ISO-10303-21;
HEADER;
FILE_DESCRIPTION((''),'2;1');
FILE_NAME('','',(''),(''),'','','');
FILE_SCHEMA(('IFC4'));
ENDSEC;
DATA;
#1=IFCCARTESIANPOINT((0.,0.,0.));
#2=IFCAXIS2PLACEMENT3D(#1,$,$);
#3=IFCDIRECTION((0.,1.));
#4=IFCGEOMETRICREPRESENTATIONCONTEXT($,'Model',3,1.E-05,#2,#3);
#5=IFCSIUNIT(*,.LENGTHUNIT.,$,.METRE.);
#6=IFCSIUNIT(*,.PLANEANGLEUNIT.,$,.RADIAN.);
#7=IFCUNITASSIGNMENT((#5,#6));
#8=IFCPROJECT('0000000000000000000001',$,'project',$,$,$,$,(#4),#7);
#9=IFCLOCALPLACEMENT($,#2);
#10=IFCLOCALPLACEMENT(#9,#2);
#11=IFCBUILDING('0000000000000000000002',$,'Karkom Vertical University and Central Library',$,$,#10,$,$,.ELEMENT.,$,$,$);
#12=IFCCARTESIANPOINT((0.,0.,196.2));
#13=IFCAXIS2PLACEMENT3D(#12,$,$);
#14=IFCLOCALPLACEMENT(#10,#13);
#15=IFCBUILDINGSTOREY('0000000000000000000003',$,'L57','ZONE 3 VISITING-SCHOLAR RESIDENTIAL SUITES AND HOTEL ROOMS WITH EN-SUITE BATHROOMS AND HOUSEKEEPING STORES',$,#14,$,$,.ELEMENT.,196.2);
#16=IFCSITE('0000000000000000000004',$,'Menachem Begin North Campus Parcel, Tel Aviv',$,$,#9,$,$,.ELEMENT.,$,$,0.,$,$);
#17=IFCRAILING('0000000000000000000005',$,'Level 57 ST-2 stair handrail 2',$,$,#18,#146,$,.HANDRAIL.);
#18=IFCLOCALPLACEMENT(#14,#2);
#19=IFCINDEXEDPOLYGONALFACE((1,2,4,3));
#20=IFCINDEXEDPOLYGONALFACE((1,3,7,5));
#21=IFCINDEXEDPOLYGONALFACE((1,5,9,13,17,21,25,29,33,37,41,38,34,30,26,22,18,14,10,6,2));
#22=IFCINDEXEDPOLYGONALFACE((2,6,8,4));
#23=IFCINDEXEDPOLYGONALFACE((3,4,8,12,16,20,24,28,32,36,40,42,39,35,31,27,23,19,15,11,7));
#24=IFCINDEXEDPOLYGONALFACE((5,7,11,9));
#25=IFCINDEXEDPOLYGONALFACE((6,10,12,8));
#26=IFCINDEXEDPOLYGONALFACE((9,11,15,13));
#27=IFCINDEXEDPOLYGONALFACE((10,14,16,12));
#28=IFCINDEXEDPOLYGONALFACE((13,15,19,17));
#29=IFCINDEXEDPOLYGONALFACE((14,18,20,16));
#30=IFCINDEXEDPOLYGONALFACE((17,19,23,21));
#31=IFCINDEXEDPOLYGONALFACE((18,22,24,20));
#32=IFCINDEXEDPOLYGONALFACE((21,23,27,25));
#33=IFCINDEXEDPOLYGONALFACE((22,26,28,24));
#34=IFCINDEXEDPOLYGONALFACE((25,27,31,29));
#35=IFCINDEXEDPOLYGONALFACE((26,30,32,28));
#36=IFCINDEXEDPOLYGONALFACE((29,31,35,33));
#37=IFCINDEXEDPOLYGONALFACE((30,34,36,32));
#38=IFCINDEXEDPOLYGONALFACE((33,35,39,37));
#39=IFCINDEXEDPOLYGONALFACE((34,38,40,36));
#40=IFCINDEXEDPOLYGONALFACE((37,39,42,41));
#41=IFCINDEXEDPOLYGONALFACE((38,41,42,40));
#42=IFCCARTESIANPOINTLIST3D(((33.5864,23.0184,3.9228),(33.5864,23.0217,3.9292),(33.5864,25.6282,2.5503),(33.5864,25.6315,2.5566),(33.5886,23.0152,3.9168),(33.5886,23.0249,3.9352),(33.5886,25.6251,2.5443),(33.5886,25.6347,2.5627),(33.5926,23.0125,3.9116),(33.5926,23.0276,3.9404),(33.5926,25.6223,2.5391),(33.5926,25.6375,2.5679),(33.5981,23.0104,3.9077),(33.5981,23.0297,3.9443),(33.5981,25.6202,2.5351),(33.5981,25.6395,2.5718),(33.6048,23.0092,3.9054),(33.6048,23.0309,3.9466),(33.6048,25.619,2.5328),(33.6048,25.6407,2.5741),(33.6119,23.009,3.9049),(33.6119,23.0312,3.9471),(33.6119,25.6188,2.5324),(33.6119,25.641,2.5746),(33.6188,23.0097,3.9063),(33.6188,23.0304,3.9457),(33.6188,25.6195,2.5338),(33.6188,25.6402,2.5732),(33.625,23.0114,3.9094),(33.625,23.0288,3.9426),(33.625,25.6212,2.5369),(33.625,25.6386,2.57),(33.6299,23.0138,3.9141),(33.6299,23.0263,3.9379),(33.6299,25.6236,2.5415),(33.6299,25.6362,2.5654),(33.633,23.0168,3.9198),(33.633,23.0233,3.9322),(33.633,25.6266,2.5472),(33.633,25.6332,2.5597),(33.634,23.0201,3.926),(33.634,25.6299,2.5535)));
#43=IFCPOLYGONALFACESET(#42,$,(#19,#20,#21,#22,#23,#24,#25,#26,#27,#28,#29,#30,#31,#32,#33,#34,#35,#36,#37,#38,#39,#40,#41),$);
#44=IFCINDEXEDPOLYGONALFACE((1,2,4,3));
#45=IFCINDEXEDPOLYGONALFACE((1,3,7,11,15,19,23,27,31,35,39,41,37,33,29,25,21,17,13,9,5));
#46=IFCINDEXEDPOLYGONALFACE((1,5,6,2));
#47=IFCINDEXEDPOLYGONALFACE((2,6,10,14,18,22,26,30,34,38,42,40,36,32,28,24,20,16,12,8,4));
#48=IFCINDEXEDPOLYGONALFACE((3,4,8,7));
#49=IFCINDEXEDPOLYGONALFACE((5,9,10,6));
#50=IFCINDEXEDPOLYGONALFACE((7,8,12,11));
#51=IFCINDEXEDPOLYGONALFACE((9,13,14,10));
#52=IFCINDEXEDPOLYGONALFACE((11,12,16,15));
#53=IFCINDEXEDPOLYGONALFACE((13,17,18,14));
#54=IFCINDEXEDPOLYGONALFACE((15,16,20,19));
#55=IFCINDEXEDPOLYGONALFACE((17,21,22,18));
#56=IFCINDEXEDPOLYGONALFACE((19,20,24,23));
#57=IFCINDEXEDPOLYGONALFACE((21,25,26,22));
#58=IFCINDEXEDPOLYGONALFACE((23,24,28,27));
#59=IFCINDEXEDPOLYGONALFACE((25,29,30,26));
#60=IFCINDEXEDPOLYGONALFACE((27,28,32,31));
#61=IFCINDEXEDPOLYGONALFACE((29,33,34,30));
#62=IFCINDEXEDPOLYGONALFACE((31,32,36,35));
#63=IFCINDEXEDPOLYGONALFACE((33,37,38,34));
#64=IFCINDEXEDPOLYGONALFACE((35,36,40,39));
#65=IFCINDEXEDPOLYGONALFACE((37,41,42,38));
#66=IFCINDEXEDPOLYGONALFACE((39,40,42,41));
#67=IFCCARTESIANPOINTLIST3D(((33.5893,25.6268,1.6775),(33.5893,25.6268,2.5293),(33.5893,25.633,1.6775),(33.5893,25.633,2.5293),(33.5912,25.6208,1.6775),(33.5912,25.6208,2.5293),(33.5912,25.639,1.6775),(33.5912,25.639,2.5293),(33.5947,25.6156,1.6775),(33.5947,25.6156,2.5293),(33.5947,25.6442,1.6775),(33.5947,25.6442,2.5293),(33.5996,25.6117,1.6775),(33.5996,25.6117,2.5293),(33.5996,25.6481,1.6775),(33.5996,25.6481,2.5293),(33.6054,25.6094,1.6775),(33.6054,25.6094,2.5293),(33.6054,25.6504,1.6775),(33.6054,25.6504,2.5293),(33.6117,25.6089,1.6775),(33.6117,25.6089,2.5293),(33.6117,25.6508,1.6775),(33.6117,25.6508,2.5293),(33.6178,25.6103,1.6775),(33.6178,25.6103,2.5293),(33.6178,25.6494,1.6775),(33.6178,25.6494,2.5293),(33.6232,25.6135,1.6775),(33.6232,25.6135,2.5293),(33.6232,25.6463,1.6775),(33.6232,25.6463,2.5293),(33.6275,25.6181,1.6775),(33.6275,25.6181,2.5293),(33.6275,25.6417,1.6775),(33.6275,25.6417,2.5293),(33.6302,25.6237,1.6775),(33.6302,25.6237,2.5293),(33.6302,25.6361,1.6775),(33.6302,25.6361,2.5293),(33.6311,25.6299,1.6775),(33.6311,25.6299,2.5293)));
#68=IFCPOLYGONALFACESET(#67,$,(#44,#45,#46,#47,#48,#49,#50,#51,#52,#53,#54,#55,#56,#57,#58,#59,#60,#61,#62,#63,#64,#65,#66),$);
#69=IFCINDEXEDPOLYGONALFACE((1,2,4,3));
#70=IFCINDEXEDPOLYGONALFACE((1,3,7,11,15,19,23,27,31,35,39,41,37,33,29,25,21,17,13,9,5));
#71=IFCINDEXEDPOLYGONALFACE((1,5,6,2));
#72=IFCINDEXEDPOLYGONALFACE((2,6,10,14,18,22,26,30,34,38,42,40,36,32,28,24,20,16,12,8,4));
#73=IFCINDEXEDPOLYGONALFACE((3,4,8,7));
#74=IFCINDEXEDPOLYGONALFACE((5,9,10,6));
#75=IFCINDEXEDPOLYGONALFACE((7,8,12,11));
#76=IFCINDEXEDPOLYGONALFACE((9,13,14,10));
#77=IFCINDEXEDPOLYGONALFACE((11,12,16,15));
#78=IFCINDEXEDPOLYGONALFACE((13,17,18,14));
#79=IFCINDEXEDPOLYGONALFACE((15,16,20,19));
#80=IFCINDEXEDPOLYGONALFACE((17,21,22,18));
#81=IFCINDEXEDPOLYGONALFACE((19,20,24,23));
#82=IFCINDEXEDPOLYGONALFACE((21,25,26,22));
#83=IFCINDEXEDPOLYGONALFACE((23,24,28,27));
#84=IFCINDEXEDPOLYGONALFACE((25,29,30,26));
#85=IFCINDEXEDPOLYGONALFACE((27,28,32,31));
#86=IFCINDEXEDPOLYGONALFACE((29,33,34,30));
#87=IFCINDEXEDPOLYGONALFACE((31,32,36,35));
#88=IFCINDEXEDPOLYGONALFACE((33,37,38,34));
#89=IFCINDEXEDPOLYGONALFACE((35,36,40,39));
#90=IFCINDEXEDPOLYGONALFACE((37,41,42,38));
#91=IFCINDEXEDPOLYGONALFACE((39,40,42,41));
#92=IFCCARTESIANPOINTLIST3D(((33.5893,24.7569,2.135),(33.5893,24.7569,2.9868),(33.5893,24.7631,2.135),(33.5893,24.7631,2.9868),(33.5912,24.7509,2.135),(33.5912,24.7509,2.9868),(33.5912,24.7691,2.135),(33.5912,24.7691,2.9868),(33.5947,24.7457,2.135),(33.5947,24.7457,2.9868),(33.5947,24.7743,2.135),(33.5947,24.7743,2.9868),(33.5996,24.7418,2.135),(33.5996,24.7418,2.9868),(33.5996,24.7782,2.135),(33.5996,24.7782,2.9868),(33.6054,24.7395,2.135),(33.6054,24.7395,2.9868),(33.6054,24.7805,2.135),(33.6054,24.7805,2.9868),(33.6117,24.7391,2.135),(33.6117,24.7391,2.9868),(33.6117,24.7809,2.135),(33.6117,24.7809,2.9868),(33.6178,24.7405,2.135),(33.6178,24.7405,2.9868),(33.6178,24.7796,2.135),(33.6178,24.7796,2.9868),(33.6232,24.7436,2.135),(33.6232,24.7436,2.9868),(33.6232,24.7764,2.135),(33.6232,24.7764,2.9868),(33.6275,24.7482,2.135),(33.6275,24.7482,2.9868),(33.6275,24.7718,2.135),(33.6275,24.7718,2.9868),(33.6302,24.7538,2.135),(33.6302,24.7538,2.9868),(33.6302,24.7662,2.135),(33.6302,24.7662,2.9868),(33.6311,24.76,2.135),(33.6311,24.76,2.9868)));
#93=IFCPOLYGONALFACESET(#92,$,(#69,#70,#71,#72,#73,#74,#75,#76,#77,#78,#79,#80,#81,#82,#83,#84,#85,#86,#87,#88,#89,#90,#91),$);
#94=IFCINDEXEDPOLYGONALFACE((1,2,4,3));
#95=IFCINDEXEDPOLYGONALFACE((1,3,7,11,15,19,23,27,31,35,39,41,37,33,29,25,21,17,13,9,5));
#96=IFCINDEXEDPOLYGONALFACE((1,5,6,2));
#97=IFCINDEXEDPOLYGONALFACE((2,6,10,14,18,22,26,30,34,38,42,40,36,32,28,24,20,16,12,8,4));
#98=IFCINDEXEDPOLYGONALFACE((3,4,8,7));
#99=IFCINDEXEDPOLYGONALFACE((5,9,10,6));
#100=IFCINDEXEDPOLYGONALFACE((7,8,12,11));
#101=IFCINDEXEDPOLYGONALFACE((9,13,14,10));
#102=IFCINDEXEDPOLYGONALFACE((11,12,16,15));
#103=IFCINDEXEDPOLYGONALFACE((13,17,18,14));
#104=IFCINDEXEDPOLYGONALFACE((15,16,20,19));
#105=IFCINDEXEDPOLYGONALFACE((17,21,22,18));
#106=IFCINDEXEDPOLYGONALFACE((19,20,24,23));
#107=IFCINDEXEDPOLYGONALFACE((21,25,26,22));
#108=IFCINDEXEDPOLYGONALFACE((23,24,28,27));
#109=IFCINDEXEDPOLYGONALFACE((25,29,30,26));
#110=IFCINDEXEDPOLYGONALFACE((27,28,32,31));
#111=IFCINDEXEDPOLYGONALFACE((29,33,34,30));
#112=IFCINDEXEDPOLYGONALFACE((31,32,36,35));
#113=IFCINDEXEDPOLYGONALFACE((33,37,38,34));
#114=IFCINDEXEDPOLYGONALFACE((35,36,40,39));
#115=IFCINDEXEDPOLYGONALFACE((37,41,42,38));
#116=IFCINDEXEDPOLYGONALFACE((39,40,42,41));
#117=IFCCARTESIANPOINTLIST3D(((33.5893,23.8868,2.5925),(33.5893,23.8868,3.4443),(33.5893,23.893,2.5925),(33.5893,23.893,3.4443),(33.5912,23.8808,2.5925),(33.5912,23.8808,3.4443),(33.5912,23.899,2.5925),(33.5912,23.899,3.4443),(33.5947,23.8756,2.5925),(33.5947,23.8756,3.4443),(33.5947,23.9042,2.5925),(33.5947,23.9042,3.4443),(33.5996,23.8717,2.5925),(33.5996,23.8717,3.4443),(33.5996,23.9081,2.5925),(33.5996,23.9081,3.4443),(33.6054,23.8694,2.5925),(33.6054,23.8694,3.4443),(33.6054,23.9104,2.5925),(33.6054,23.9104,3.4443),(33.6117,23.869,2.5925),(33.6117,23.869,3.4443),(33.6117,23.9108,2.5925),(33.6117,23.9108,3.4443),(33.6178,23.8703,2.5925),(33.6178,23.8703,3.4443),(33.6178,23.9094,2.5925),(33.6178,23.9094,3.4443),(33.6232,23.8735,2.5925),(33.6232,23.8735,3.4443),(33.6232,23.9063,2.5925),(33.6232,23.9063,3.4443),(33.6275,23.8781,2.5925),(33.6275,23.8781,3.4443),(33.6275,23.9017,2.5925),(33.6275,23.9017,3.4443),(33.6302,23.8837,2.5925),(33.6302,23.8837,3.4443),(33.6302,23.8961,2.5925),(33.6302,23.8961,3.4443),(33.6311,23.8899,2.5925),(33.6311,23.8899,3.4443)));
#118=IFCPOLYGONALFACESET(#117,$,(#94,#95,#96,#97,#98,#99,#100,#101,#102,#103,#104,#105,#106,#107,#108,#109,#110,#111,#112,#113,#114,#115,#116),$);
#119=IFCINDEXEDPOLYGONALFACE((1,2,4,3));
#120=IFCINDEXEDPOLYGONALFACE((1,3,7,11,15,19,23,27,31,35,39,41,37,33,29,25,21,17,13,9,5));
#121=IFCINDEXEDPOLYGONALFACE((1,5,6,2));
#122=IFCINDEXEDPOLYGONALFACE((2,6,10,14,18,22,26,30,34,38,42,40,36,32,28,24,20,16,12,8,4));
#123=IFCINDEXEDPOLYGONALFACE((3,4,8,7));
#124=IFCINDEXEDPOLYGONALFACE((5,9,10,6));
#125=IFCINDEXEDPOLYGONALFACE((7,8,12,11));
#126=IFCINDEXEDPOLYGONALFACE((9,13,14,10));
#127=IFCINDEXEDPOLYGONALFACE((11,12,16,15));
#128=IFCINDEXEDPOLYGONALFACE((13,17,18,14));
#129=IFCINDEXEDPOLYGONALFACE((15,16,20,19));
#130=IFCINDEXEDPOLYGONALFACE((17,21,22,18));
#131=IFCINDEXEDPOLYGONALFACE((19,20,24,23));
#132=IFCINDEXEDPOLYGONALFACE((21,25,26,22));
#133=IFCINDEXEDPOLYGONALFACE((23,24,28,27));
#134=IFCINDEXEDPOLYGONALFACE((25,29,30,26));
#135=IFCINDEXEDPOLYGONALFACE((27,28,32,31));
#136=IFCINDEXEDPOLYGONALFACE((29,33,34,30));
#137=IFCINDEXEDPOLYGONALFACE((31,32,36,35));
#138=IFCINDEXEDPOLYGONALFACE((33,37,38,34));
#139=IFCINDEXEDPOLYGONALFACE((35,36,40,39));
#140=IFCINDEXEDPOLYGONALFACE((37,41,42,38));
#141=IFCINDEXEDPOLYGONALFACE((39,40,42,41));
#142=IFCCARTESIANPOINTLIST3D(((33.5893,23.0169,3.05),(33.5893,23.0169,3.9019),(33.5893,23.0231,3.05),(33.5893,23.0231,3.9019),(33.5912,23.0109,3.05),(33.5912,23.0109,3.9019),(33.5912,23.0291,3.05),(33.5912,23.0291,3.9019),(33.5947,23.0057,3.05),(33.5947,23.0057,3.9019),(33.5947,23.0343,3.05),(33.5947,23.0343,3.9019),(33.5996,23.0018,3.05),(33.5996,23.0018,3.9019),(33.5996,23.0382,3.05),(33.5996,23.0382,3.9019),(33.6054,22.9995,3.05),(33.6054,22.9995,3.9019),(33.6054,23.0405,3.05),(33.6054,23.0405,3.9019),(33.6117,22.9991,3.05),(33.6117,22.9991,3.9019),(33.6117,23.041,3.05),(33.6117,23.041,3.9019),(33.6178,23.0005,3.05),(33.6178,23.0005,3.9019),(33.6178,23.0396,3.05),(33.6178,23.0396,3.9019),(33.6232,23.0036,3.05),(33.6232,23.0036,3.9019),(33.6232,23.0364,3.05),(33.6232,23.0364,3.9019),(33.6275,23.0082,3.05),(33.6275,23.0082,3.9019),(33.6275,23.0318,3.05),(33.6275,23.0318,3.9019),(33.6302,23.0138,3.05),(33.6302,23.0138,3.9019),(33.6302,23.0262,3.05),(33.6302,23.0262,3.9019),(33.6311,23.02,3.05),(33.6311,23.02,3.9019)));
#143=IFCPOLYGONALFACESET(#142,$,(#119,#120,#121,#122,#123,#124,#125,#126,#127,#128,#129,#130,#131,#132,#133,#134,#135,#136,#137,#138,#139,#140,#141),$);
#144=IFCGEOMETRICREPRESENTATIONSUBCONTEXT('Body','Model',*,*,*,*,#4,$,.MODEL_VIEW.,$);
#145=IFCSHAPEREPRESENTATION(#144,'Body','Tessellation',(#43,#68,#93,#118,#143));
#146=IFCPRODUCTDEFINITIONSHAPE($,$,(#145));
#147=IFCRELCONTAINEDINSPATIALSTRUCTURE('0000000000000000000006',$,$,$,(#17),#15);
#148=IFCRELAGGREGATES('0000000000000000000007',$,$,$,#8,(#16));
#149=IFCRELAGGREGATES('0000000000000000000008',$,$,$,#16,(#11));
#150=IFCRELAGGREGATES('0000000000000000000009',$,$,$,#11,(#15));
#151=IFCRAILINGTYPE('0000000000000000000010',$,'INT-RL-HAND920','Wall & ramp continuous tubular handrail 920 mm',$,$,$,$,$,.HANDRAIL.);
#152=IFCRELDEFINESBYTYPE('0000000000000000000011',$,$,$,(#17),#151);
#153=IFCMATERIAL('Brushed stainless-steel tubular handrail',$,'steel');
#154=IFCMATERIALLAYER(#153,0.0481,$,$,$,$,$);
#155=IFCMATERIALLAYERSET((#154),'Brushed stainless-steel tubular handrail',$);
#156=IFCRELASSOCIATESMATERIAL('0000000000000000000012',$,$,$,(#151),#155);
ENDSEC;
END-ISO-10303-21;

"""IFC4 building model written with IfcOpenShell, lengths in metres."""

from ifc_helpers import new_model, si_unit, direction, frame, origin, origin_2d, place, context, subcontext, project, spatial, circle, extrude, material, layer, layer_set, type_object, element, save


model = new_model("IFC4")

# Units and contexts
model_context = context("Model", 3, precision=1e-05, world=origin(), true_north=direction((0.0, 1.0)))
body_context = subcontext(model_context, "Body", "Model", "MODEL_VIEW")
ifc_project = project(units=[si_unit("LENGTHUNIT", "METRE"), si_unit("PLANEANGLEUNIT", "RADIAN")], contexts=[model_context])

# Site, building, storey
site_placement = place(None, origin())
site = spatial("IfcSite", under=ifc_project, at=site_placement, Name="Menachem Begin North Campus Parcel, Tel Aviv", CompositionType="ELEMENT", RefElevation=0.0)
building_placement = place(site_placement, origin())
building = spatial("IfcBuilding", under=site, at=building_placement, Name="Karkom Vertical University and Central Library", CompositionType="ELEMENT")
storey_placement = place(building_placement, frame((0.0, 0.0, 196.2)))
storey = spatial("IfcBuildingStorey", under=building, at=storey_placement, Name="L57", Description="ZONE 3 VISITING-SCHOLAR RESIDENTIAL SUITES AND HOTEL ROOMS WITH EN-SUITE BATHROOMS AND HOUSEKEEPING STORES", CompositionType="ELEMENT", Elevation=196.2)

# Railing
ifc_material_1 = material(Name="Brushed stainless-steel tubular handrail", Category="steel")
ifc_layer_1 = layer(ifc_material_1, 0.0481)
ifc_layer_set_1 = layer_set([ifc_layer_1], Name="Brushed stainless-steel tubular handrail")
railing_type_1 = type_object("IfcRailingType", Name="INT-RL-HAND920", Description="Wall & ramp continuous tubular handrail 920 mm", PredefinedType="HANDRAIL", material=ifc_layer_set_1)
railing_1_placement = place(storey_placement, frame((33.6101, 25.6299, 1.6775)))
element("IfcRailing", 1, at=railing_1_placement, inside=storey, type_object=railing_type_1, Name="Level 57 ST-2 stair handrail 2", PredefinedType="HANDRAIL", context=body_context, shape_type="SweptSolid", body=[
    extrude(circle(Radius=0.0239, at=origin_2d()), frame((0.0, 0.0, 0.876), z_axis=(0.0, -0.885065, 0.465467), x_axis=(1.0, 0.0, 0.0)), (0.0, 0.0, 1.0), 2.9487),
    extrude(circle(Radius=0.021, at=origin_2d()), origin(), (0.0, 0.0, 1.0), 0.8518),
    extrude(circle(Radius=0.021, at=origin_2d()), frame((0.0, -0.8699, 0.4575)), (0.0, 0.0, 1.0), 0.8518),
    extrude(circle(Radius=0.021, at=origin_2d()), frame((0.0, -1.74, 0.915)), (0.0, 0.0, 1.0), 0.8518),
    extrude(circle(Radius=0.021, at=origin_2d()), frame((0.0, -2.6099, 1.3726)), (0.0, 0.0, 1.0), 0.8518),
])

save(model, "model.ifc")
